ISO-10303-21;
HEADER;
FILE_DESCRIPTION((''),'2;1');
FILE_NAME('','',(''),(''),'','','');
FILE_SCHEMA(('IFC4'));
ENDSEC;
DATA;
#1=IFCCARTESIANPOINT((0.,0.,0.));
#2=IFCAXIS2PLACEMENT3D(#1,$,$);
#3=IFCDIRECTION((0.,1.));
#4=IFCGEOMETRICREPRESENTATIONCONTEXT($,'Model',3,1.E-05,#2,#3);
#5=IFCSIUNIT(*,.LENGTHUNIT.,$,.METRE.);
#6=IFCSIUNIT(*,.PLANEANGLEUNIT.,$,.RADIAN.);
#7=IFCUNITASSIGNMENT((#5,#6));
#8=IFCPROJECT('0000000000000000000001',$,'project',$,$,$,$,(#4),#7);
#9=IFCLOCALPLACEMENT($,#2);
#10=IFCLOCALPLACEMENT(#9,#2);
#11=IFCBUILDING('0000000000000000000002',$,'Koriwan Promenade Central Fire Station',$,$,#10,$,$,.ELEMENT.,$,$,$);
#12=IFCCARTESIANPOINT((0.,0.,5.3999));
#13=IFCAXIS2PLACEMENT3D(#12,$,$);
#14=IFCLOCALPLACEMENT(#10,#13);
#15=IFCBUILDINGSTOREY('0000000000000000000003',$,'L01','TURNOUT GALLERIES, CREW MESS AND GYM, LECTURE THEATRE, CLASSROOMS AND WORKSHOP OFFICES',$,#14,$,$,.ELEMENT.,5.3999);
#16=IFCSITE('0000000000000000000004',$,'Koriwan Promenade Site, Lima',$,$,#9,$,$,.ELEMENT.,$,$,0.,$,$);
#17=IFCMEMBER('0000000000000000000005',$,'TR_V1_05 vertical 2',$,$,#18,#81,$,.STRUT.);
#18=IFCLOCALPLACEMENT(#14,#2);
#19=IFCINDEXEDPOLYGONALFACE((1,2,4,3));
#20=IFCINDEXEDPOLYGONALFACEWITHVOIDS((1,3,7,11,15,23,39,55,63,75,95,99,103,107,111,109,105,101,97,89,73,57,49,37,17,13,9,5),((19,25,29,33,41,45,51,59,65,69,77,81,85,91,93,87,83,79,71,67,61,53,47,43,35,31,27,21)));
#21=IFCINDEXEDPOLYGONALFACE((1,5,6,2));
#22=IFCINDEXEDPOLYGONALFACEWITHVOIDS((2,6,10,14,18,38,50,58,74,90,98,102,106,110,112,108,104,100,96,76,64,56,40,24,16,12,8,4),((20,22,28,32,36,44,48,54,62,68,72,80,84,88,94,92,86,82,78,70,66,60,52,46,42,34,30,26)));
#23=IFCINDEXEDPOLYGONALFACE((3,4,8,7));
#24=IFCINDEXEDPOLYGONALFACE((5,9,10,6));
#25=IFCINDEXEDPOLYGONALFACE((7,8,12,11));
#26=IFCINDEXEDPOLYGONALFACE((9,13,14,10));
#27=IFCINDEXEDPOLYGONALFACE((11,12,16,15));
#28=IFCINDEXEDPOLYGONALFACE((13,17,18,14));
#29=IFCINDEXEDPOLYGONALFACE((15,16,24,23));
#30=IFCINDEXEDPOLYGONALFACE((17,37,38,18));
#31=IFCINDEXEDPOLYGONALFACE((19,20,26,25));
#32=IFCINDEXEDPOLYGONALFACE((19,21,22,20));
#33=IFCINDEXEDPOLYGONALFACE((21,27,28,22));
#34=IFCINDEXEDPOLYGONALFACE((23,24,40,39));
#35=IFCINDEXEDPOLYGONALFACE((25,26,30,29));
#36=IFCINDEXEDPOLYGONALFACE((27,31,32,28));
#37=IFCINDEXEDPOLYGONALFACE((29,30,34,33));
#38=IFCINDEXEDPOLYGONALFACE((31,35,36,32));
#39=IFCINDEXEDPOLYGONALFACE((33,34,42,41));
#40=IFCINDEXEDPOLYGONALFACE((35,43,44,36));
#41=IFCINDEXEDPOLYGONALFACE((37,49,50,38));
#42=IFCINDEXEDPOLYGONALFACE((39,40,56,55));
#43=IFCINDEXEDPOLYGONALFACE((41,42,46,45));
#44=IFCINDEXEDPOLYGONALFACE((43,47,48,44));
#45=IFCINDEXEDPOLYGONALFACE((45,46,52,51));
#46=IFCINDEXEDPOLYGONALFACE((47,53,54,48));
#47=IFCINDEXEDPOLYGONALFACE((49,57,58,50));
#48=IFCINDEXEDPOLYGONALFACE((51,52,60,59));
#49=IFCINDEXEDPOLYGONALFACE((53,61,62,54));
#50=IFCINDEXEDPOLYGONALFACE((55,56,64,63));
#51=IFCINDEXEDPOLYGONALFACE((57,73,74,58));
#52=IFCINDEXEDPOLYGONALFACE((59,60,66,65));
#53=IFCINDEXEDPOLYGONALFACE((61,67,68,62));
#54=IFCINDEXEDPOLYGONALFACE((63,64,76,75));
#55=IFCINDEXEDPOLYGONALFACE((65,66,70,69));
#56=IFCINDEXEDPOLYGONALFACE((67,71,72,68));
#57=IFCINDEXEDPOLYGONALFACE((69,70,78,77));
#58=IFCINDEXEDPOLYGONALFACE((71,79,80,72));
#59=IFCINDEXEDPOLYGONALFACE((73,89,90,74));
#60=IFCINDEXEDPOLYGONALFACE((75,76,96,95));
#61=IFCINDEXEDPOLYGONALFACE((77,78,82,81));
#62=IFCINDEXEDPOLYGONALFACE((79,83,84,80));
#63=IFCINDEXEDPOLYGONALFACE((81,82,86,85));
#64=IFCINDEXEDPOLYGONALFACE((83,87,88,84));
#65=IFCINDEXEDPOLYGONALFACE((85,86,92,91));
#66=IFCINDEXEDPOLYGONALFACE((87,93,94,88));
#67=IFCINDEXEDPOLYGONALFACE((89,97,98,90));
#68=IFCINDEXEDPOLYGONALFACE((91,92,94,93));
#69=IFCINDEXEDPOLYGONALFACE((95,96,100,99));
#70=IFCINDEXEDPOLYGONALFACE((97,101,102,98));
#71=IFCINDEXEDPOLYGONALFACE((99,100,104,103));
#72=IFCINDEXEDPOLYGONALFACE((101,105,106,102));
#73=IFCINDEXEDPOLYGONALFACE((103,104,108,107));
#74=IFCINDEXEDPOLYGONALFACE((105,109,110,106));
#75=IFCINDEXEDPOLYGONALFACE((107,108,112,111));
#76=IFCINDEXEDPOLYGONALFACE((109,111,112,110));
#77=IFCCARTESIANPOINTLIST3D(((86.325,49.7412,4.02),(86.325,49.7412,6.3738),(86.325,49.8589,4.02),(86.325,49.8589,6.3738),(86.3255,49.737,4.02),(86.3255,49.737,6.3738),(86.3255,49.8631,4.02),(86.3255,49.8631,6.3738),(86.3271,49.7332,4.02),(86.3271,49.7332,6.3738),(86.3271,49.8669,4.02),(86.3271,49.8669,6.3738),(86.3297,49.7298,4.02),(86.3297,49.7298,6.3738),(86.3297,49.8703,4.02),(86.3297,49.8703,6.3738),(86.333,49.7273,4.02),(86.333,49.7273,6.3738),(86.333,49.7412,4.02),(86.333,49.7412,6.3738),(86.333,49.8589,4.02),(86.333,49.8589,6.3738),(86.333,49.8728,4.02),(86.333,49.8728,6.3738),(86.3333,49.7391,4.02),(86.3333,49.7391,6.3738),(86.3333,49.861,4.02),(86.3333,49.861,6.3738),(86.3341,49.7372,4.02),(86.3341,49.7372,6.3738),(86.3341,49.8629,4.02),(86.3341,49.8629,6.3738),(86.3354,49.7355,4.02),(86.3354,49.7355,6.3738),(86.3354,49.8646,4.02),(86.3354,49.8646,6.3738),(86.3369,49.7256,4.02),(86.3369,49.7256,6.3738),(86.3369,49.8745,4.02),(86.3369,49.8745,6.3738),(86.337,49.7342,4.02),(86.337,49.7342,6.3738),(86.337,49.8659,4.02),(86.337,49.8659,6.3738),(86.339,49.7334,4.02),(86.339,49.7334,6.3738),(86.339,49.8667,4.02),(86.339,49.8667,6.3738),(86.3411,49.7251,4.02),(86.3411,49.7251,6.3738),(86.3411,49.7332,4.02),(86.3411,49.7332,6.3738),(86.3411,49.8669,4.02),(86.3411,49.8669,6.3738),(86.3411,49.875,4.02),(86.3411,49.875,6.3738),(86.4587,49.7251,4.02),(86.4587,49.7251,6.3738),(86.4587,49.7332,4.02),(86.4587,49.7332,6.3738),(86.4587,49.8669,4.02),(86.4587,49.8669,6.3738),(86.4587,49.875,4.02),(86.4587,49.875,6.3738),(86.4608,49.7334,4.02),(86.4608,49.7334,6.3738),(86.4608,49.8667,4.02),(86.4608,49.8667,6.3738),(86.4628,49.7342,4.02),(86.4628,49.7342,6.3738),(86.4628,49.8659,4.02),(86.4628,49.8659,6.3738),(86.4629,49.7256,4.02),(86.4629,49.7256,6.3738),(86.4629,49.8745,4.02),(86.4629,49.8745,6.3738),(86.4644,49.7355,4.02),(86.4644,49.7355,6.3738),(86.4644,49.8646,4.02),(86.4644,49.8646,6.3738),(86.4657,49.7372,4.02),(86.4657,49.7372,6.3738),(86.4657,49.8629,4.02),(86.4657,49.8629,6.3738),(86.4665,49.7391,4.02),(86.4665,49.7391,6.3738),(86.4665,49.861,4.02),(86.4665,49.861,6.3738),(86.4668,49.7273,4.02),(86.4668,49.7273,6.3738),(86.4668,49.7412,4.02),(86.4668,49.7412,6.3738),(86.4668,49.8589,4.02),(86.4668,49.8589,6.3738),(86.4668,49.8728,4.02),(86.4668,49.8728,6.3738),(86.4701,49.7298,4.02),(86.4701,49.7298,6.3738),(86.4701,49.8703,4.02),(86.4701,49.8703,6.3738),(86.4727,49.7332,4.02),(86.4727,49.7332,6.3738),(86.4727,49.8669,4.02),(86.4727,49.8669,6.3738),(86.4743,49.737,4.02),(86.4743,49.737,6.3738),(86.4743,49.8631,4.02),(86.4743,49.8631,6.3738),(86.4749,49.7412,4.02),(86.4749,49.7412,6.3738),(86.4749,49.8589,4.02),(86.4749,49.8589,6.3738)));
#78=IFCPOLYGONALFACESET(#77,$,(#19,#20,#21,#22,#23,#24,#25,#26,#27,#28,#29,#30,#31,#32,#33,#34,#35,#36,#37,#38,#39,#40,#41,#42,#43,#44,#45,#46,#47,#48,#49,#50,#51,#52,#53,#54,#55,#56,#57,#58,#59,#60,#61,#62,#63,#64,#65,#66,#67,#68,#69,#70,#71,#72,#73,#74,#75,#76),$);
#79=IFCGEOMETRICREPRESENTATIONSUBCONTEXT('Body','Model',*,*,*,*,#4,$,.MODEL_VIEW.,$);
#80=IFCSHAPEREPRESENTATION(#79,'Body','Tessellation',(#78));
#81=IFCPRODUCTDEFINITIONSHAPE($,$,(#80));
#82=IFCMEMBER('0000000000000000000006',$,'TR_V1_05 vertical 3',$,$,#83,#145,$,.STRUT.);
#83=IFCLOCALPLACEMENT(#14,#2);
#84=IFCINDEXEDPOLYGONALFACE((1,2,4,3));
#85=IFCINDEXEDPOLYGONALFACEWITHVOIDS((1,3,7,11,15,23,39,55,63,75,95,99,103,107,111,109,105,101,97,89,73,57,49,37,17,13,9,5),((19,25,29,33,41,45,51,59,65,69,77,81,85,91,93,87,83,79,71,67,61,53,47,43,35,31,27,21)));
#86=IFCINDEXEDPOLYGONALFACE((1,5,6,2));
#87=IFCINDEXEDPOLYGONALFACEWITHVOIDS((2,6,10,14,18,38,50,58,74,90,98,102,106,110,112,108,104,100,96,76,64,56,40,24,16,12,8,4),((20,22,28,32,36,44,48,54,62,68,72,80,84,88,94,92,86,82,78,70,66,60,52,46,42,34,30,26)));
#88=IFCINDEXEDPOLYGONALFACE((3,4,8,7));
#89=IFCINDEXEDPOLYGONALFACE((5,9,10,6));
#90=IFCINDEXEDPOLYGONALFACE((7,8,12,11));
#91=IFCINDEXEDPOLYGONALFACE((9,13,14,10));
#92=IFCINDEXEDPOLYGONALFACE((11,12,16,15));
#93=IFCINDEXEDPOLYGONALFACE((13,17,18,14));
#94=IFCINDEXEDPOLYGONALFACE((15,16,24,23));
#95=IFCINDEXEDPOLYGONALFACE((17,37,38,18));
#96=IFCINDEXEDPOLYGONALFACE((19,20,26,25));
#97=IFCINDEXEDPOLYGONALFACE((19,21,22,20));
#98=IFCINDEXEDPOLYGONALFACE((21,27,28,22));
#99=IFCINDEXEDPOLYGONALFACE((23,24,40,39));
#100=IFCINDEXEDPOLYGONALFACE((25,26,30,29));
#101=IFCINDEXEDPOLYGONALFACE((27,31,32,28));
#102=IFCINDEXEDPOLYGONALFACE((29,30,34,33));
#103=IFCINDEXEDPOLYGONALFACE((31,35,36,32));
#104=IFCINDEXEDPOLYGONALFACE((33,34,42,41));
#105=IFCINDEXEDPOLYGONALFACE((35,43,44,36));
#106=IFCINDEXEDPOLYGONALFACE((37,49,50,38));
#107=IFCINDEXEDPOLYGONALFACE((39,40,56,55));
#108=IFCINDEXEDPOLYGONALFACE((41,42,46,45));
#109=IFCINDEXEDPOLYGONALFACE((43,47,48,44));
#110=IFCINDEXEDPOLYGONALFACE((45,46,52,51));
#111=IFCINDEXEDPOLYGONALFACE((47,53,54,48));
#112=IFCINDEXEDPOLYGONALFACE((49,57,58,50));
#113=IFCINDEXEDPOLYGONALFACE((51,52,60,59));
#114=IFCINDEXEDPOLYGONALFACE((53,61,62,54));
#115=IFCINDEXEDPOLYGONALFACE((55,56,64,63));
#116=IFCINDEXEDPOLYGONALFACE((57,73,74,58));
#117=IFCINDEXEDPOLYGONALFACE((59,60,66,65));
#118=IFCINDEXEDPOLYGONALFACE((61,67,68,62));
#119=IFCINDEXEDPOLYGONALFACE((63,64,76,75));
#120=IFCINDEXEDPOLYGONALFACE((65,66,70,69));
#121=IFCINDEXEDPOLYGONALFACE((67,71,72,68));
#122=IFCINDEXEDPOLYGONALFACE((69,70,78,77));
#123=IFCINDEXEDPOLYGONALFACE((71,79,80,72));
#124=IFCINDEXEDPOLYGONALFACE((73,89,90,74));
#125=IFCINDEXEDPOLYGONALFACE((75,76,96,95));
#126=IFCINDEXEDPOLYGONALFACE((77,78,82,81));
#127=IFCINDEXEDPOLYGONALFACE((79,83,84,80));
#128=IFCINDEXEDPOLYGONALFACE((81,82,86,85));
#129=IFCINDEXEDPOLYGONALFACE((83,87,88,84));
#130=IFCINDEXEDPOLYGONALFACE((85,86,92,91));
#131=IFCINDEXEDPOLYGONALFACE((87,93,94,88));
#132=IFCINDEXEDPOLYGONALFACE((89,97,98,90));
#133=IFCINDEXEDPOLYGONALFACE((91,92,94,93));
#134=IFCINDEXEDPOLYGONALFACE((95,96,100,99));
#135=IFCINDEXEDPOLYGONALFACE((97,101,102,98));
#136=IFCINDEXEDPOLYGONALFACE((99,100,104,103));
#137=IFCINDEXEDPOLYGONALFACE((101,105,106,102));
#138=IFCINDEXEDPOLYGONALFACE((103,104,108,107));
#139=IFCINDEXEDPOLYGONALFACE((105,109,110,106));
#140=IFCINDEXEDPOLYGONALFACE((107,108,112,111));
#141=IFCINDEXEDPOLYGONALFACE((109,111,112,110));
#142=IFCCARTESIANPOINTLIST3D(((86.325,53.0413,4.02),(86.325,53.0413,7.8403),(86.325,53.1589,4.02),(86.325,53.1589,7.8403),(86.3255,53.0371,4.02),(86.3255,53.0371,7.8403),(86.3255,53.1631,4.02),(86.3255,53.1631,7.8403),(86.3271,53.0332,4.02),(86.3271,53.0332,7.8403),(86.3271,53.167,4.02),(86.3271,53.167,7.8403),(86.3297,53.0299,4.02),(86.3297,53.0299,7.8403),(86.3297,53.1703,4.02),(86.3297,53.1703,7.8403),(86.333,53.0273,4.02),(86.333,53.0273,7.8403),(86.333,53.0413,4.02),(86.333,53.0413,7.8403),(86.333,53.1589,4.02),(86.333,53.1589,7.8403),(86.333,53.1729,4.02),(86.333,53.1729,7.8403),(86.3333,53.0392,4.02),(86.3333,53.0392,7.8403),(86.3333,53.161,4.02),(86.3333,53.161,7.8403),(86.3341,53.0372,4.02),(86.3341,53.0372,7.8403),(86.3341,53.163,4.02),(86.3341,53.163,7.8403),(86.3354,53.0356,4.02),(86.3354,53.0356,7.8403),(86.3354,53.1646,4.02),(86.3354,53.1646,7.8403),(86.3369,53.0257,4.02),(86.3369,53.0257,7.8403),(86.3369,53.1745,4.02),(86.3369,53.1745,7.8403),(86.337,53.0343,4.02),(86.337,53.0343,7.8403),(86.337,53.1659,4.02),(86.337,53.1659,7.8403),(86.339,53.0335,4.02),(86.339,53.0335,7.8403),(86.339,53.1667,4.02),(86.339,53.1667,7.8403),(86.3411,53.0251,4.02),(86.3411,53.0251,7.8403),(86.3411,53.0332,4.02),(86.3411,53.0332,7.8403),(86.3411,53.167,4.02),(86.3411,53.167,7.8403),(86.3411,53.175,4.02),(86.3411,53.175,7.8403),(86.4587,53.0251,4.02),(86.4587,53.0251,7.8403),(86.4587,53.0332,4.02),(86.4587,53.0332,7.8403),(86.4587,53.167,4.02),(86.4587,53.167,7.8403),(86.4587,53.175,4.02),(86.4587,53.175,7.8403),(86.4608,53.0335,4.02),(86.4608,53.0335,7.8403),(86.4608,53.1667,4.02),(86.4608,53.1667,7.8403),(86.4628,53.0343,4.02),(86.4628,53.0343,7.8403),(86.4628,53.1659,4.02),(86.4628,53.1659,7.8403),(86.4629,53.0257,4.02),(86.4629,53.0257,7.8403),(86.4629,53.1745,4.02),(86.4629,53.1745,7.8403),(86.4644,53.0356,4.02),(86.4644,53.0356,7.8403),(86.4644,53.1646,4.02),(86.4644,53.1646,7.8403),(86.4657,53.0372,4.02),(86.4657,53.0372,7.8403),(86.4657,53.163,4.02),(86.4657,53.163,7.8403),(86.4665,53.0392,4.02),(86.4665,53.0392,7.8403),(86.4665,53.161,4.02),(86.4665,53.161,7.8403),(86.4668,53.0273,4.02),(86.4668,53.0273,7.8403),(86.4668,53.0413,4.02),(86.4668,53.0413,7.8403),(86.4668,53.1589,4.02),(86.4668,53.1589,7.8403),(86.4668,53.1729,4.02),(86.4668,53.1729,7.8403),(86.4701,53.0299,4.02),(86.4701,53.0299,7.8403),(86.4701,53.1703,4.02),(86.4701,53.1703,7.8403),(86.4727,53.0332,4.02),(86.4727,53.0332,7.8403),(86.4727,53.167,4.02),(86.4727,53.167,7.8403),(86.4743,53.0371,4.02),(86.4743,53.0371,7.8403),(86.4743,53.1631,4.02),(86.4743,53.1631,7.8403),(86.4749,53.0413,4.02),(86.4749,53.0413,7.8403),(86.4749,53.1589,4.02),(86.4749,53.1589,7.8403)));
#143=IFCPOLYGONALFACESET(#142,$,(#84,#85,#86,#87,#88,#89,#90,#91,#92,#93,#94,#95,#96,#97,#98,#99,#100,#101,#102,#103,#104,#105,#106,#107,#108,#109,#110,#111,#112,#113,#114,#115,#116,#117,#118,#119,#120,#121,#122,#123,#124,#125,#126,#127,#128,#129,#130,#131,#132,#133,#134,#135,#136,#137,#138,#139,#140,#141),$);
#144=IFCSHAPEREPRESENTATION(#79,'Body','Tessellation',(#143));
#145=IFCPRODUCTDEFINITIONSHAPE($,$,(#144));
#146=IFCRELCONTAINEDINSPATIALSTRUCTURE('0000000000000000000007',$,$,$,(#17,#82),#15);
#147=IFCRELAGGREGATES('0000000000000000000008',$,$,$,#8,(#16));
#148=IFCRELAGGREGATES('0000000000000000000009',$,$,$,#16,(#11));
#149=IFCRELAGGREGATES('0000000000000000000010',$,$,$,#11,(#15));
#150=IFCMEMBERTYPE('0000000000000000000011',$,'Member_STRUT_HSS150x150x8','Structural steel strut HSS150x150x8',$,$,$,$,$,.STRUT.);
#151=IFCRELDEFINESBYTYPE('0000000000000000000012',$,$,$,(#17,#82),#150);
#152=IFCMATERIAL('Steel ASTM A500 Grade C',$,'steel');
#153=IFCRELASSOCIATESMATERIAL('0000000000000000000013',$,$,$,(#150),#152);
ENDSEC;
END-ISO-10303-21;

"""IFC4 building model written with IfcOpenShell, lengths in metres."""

from ifc_helpers import new_model, si_unit, direction, frame, origin, origin_2d, place, context, subcontext, project, spatial, hollow_rectangle, extrude, material, material_profile, profile_set, type_object, element, save


model = new_model("IFC4")

# Units and contexts
model_context = context("Model", 3, precision=1e-05, world=origin(), true_north=direction((0.0, 1.0)))
body_context = subcontext(model_context, "Body", "Model", "MODEL_VIEW")
ifc_project = project(units=[si_unit("LENGTHUNIT", "METRE"), si_unit("PLANEANGLEUNIT", "RADIAN")], contexts=[model_context])

# Site, building, storey
site_placement = place(None, origin())
site = spatial("IfcSite", under=ifc_project, at=site_placement, Name="Koriwan Promenade Site, Lima", CompositionType="ELEMENT", RefElevation=0.0)
building_placement = place(site_placement, origin())
building = spatial("IfcBuilding", under=site, at=building_placement, Name="Koriwan Promenade Central Fire Station", CompositionType="ELEMENT")
storey_placement = place(building_placement, frame((0.0, 0.0, 5.3999)))
storey = spatial("IfcBuildingStorey", under=building, at=storey_placement, Name="L01", Description="TURNOUT GALLERIES, CREW MESS AND GYM, LECTURE THEATRE, CLASSROOMS AND WORKSHOP OFFICES", CompositionType="ELEMENT", Elevation=5.3999)

# Members
ifc_material_1 = material(Name="Steel ASTM A500 Grade C", Category="steel")
ifc_material_profile_1 = material_profile(ifc_material_1, hollow_rectangle(XDim=0.1499, YDim=0.1499, WallThickness=0.0081, InnerFilletRadius=0.0081, OuterFilletRadius=0.0161, at=origin_2d()), Name="HSS150x150x8")
ifc_profile_set_1 = profile_set([ifc_material_profile_1], Name="Steel ASTM A500 Grade C")
member_type_1 = type_object("IfcMemberType", Name="Member_STRUT_HSS150x150x8", Description="Structural steel strut HSS150x150x8", PredefinedType="STRUT", material=ifc_profile_set_1)
member_1_placement = place(storey_placement, frame((86.3999, 49.8, 4.02), z_axis=(0.0, 0.0, 1.0), x_axis=(1.0, 0.0, 0.0)))
element("IfcMember", 1, at=member_1_placement, inside=storey, type_object=member_type_1, Name="TR_V1_05 vertical 2", PredefinedType="STRUT", context=body_context, shape_type="SweptSolid", body=[
    extrude(hollow_rectangle(XDim=0.1499, YDim=0.1499, WallThickness=0.0081, InnerFilletRadius=0.0081, OuterFilletRadius=0.0161, at=origin_2d()), origin(), (0.0, 0.0, 1.0), 2.3538),
])
member_2_placement = place(storey_placement, frame((86.3999, 53.1001, 4.02), z_axis=(0.0, 0.0, 1.0), x_axis=(1.0, 0.0, 0.0)))
element("IfcMember", 2, at=member_2_placement, inside=storey, type_object=member_type_1, Name="TR_V1_05 vertical 3", PredefinedType="STRUT", context=body_context, shape_type="SweptSolid", body=[
    extrude(hollow_rectangle(XDim=0.1499, YDim=0.1499, WallThickness=0.0081, InnerFilletRadius=0.0081, OuterFilletRadius=0.0161, at=origin_2d()), origin(), (0.0, 0.0, 1.0), 3.8203),
])

save(model, "model.ifc")
